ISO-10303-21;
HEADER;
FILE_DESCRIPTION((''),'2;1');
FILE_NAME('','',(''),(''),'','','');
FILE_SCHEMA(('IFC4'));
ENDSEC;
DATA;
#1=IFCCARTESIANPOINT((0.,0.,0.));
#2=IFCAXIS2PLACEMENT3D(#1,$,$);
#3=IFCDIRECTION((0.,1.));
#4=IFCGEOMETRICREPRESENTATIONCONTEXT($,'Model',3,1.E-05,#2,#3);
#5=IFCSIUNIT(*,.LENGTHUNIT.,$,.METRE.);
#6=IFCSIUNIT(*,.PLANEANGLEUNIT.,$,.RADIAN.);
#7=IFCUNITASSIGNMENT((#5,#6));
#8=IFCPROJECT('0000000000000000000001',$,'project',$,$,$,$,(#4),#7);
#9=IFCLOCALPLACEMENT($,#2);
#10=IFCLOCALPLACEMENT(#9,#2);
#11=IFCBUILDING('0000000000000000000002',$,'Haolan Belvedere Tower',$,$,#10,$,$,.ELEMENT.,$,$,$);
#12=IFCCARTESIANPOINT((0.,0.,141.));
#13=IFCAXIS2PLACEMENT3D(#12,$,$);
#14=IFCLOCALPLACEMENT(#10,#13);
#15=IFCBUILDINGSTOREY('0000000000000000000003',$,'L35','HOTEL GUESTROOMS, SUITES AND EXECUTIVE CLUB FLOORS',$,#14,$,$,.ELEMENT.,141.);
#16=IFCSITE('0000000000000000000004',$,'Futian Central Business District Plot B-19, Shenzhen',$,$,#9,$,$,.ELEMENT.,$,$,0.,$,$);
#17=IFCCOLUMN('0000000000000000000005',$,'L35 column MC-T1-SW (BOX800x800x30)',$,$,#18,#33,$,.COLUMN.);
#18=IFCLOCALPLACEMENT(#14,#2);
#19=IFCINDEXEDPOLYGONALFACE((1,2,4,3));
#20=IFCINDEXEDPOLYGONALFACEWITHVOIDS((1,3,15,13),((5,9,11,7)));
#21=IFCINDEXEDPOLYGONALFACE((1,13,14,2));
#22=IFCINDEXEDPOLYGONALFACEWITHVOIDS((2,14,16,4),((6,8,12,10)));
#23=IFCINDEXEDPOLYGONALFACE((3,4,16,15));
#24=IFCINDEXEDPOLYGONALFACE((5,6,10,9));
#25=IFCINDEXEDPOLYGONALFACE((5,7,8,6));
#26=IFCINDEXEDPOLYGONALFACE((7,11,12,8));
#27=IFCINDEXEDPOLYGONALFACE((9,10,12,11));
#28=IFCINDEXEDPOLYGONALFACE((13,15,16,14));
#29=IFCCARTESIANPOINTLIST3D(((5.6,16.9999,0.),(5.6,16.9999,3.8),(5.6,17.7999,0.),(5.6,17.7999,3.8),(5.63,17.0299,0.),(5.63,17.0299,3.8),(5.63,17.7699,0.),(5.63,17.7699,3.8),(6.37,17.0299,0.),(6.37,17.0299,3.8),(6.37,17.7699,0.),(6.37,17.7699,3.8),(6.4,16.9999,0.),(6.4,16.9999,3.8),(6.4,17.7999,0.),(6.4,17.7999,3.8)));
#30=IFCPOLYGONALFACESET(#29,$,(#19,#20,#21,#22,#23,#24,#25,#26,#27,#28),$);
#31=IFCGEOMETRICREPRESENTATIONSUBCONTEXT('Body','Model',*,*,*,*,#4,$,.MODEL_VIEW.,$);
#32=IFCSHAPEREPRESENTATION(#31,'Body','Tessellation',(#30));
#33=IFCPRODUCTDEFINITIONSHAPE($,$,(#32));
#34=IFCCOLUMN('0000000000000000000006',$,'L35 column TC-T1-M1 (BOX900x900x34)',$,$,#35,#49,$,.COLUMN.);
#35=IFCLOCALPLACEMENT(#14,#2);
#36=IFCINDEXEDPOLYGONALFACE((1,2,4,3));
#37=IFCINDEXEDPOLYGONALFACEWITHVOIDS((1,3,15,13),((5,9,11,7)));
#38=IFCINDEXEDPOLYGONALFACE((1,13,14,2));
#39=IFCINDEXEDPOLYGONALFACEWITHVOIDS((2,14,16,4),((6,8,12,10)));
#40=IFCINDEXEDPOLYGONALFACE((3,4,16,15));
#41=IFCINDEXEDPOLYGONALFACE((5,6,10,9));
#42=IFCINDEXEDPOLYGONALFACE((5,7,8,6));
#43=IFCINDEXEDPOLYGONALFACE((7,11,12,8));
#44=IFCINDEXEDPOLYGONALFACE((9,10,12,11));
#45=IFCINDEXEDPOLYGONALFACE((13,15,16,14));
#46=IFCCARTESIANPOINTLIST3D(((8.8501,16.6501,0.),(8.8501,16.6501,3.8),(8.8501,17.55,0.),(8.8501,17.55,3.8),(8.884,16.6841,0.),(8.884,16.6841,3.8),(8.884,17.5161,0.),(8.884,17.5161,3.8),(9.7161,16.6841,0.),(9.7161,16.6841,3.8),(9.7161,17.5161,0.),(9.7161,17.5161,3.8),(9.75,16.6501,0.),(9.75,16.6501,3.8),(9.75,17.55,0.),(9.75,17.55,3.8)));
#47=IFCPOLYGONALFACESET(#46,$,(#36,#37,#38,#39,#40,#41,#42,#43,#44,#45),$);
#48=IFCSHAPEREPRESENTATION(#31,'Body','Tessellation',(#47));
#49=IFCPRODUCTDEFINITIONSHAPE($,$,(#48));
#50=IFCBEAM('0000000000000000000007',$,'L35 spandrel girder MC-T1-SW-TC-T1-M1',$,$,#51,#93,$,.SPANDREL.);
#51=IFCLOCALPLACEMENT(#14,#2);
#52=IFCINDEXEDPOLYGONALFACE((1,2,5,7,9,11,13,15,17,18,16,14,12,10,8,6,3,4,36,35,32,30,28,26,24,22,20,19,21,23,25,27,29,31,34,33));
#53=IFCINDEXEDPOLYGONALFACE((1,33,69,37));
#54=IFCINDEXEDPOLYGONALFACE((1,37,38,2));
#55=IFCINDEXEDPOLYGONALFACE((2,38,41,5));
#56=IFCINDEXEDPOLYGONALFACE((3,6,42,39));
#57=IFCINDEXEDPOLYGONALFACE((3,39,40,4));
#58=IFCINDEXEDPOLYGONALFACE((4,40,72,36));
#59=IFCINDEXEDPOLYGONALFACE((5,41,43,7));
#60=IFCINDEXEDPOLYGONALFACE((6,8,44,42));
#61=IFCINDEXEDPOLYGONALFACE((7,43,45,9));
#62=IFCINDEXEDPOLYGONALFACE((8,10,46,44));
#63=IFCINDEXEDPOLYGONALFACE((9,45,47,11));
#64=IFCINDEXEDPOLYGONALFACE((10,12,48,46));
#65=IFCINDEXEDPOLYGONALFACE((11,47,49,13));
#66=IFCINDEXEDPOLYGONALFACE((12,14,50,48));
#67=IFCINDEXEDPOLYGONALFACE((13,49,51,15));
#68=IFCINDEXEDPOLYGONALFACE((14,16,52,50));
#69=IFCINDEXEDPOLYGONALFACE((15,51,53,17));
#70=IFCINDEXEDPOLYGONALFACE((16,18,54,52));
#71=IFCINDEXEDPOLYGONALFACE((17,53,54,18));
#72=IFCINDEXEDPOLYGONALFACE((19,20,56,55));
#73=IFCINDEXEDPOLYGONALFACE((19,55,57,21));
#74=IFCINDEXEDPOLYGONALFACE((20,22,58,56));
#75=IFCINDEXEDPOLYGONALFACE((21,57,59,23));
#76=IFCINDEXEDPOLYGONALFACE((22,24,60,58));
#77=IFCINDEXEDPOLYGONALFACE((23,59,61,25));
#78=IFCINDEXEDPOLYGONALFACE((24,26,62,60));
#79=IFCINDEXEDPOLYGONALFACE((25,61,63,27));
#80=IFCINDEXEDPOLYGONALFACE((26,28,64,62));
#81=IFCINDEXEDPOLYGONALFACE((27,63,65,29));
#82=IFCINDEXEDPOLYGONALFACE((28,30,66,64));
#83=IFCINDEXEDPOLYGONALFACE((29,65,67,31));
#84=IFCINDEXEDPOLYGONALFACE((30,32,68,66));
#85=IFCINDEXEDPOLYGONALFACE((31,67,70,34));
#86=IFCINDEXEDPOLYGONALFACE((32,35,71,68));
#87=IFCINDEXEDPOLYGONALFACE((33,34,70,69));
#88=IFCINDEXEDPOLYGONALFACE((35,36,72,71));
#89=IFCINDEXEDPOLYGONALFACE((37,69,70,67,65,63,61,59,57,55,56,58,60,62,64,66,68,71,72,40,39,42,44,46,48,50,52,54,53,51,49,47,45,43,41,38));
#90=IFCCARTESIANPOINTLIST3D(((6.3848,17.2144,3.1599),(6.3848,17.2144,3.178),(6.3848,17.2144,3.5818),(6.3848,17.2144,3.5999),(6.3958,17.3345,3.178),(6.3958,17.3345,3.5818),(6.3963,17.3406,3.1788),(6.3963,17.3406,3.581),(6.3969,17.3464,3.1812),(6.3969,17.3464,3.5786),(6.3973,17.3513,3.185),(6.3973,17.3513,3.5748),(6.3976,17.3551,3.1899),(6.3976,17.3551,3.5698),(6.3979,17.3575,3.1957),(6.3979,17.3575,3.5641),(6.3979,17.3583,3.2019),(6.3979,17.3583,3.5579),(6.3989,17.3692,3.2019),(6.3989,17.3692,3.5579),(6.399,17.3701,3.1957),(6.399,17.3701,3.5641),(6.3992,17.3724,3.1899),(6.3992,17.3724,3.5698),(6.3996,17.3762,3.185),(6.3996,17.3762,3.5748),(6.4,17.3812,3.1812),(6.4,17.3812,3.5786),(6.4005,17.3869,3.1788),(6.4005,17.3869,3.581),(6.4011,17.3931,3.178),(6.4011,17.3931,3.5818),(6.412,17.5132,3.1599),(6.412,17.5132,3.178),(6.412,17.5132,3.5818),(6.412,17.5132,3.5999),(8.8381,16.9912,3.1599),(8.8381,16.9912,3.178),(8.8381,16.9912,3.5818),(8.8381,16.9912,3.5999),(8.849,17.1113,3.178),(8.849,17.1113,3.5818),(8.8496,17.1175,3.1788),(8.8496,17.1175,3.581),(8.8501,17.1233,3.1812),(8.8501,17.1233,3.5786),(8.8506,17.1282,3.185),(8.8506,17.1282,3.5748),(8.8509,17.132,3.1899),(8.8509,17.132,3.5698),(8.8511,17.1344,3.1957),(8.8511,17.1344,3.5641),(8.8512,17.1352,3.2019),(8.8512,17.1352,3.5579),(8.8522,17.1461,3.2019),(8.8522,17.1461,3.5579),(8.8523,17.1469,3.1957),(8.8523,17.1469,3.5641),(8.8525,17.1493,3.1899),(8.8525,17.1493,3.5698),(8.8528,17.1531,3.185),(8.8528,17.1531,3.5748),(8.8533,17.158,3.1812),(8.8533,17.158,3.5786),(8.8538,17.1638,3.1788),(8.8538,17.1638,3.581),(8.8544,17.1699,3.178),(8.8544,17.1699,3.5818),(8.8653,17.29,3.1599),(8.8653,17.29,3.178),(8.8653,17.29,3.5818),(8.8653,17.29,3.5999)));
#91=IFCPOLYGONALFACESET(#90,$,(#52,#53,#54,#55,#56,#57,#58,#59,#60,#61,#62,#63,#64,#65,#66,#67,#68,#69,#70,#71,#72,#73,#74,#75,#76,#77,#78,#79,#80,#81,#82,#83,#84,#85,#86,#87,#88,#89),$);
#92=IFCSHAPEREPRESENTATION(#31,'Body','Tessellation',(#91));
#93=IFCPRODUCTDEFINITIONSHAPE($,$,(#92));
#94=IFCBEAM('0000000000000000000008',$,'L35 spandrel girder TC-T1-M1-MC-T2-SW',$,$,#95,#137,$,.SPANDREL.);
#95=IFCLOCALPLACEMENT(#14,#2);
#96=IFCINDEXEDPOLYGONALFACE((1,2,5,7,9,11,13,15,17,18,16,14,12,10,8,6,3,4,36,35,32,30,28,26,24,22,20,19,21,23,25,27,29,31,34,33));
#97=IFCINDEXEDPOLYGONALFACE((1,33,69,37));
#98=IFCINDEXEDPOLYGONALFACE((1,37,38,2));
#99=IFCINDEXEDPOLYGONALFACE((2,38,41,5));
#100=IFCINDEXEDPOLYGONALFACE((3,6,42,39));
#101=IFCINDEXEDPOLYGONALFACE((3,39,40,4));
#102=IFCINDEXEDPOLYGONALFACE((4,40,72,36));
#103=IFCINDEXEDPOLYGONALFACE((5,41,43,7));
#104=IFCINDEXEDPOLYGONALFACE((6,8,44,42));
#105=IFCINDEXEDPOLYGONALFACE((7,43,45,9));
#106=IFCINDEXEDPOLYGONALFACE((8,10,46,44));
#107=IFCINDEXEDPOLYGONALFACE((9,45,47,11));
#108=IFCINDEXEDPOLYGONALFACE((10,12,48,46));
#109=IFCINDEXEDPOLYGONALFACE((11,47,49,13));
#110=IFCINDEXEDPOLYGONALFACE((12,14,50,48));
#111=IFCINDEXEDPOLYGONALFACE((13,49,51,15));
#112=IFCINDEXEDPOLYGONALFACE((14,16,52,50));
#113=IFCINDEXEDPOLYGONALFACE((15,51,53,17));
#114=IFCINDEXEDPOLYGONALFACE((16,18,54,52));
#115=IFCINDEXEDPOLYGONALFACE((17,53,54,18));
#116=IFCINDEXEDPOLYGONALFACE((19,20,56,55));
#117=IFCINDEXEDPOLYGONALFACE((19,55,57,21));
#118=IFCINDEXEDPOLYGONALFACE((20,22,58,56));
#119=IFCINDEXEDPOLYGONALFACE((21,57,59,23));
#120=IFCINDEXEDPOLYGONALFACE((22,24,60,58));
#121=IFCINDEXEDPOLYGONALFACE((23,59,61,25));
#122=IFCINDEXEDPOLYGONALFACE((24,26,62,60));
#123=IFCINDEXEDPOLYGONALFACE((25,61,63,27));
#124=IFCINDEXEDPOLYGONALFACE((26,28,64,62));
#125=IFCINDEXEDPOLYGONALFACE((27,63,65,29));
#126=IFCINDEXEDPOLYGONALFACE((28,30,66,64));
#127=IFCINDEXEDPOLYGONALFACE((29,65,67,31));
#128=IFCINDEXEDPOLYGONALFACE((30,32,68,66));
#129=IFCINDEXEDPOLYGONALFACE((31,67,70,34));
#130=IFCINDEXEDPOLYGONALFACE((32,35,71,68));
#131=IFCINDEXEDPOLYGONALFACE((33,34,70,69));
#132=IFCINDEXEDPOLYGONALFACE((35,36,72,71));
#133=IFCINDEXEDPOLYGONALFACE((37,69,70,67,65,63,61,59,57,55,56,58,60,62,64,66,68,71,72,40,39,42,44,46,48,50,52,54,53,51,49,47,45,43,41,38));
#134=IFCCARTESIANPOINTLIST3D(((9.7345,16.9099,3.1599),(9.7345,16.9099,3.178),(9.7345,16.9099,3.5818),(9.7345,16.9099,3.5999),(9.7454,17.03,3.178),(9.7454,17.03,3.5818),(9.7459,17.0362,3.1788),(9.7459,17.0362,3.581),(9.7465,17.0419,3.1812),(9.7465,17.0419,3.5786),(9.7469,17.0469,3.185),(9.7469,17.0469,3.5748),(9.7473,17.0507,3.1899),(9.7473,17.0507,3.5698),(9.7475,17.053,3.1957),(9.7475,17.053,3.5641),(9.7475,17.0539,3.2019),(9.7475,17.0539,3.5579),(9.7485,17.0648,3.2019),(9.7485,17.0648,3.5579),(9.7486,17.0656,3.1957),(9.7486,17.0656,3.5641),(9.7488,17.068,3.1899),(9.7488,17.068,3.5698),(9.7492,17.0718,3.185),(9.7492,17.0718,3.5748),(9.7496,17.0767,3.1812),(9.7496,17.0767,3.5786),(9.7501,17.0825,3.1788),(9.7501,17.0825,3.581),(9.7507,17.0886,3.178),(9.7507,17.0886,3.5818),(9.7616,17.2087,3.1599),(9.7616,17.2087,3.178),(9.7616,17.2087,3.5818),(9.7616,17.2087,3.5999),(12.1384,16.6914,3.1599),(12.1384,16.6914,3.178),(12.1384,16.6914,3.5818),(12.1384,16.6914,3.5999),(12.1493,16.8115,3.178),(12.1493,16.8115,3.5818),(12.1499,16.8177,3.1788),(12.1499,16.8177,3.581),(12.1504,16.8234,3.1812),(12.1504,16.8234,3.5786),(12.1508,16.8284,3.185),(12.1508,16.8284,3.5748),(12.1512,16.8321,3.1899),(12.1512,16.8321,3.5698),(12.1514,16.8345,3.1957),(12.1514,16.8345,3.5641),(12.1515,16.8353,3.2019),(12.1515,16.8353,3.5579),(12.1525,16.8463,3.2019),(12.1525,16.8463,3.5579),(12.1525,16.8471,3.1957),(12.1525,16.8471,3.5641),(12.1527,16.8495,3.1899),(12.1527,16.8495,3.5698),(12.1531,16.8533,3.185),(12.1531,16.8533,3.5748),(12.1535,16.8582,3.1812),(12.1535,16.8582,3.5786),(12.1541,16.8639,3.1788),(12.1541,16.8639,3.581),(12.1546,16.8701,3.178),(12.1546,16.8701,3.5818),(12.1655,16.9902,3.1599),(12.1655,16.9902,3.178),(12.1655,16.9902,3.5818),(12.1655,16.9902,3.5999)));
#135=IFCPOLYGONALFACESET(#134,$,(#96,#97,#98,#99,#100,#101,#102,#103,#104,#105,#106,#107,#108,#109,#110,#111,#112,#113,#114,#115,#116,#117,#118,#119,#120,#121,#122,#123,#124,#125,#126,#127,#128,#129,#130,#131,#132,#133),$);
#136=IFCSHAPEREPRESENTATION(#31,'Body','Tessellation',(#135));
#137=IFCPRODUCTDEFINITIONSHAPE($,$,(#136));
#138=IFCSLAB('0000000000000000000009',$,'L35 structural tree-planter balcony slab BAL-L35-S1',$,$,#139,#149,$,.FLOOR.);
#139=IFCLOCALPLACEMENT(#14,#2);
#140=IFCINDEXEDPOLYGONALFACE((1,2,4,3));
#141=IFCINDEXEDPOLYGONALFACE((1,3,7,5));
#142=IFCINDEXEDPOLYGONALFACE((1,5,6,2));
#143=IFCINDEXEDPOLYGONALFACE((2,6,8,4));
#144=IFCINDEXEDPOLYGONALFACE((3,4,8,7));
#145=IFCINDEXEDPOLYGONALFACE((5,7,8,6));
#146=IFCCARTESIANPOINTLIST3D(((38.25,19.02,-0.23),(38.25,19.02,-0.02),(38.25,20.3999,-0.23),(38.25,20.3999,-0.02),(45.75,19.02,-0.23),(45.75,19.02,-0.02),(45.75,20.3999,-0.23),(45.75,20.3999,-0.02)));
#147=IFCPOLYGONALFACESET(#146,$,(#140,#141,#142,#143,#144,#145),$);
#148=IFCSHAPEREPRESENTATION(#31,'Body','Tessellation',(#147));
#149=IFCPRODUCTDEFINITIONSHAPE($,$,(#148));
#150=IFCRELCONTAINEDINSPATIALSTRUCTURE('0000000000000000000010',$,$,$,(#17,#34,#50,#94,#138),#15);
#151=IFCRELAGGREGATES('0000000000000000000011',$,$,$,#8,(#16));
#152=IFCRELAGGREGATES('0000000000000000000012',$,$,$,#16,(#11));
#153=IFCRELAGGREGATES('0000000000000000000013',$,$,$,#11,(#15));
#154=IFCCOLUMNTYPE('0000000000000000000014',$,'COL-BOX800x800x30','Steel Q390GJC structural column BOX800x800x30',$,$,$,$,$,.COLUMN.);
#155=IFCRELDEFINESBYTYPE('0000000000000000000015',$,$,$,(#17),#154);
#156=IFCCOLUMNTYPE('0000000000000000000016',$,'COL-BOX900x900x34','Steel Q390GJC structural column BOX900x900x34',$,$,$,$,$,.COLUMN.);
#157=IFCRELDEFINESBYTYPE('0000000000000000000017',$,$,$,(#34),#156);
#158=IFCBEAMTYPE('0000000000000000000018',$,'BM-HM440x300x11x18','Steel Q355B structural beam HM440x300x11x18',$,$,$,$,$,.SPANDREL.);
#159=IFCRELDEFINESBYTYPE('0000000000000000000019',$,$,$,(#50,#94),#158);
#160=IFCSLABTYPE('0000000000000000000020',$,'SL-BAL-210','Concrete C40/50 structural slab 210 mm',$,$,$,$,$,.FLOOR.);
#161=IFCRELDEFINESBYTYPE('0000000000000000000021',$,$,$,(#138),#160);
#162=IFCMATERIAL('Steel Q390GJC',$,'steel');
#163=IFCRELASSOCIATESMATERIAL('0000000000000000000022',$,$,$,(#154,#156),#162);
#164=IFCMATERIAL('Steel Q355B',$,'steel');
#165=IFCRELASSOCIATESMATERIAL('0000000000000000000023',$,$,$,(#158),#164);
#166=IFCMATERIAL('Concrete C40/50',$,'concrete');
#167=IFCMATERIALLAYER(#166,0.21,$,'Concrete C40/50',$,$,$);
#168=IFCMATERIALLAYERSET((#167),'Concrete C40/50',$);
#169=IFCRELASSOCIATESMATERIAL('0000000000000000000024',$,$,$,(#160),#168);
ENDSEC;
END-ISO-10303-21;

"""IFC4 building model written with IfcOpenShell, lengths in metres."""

from ifc_helpers import new_model, si_unit, direction, frame, origin, origin_2d, place, context, subcontext, project, spatial, polyline, hollow_rectangle, i_section, outline, extrude, material, layer, layer_set, material_profile, profile_set, type_object, element, save


model = new_model("IFC4")

# Units and contexts
model_context = context("Model", 3, precision=1e-05, world=origin(), true_north=direction((0.0, 1.0)))
body_context = subcontext(model_context, "Body", "Model", "MODEL_VIEW")
ifc_project = project(units=[si_unit("LENGTHUNIT", "METRE"), si_unit("PLANEANGLEUNIT", "RADIAN")], contexts=[model_context])

# Site, building, storey
site_placement = place(None, origin())
site = spatial("IfcSite", under=ifc_project, at=site_placement, Name="Futian Central Business District Plot B-19, Shenzhen", CompositionType="ELEMENT", RefElevation=0.0)
building_placement = place(site_placement, origin())
building = spatial("IfcBuilding", under=site, at=building_placement, Name="Haolan Belvedere Tower", CompositionType="ELEMENT")
storey_placement = place(building_placement, frame((0.0, 0.0, 141.0)))
storey = spatial("IfcBuildingStorey", under=building, at=storey_placement, Name="L35", Description="HOTEL GUESTROOMS, SUITES AND EXECUTIVE CLUB FLOORS", CompositionType="ELEMENT", Elevation=141.0)

# Columns
ifc_material_1 = material(Name="Steel Q390GJC", Category="steel")
ifc_material_profile_1 = material_profile(ifc_material_1, hollow_rectangle(XDim=0.8, YDim=0.8, WallThickness=0.03, at=origin_2d()), Name="Steel Q390GJC")
ifc_profile_set_1 = profile_set([ifc_material_profile_1], Name="Steel Q390GJC")
column_type_1 = type_object("IfcColumnType", Name="COL-BOX800x800x30", Description="Steel Q390GJC structural column BOX800x800x30", PredefinedType="COLUMN", material=ifc_profile_set_1)
column_1_placement = place(storey_placement, frame((6.0, 17.3999, 0.0), z_axis=(0.0, 0.0, 1.0), x_axis=(1.0, 0.0, 0.0)))
element("IfcColumn", 1, at=column_1_placement, inside=storey, type_object=column_type_1, Name="L35 column MC-T1-SW (BOX800x800x30)", PredefinedType="COLUMN", context=body_context, shape_type="SweptSolid", body=[
    extrude(hollow_rectangle(XDim=0.8, YDim=0.8, WallThickness=0.03, at=origin_2d()), origin(), (0.0, 0.0, 1.0), 3.8),
])
ifc_material_profile_2 = material_profile(ifc_material_1, hollow_rectangle(XDim=0.8999, YDim=0.8999, WallThickness=0.0339, at=origin_2d()), Name="Steel Q390GJC")
ifc_profile_set_2 = profile_set([ifc_material_profile_2], Name="Steel Q390GJC")
column_type_2 = type_object("IfcColumnType", Name="COL-BOX900x900x34", Description="Steel Q390GJC structural column BOX900x900x34", PredefinedType="COLUMN", material=ifc_profile_set_2)
column_2_placement = place(storey_placement, frame((9.3, 17.1001, 0.0), z_axis=(0.0, 0.0, 1.0), x_axis=(1.0, 0.0, 0.0)))
element("IfcColumn", 2, at=column_2_placement, inside=storey, type_object=column_type_2, Name="L35 column TC-T1-M1 (BOX900x900x34)", PredefinedType="COLUMN", context=body_context, shape_type="SweptSolid", body=[
    extrude(hollow_rectangle(XDim=0.8999, YDim=0.8999, WallThickness=0.0339, at=origin_2d()), origin(), (0.0, 0.0, 1.0), 3.8),
])

# Beams
ifc_material_2 = material(Name="Steel Q355B", Category="steel")
ifc_material_profile_3 = material_profile(ifc_material_2, i_section(OverallWidth=0.3, OverallDepth=0.4399, WebThickness=0.011, FlangeThickness=0.0181, FilletRadius=0.0239, at=origin_2d()), Name="Steel Q355B")
ifc_profile_set_3 = profile_set([ifc_material_profile_3], Name="Steel Q355B")
beam_type = type_object("IfcBeamType", Name="BM-HM440x300x11x18", Description="Steel Q355B structural beam HM440x300x11x18", PredefinedType="SPANDREL", material=ifc_profile_set_3)
beam_1_placement = place(storey_placement, frame((6.3984, 17.3638, 3.3799), z_axis=(0.995889, -0.09058, 0.0), x_axis=(0.09058, 0.995889, 0.0)))
element("IfcBeam", 3, at=beam_1_placement, inside=storey, type_object=beam_type, Name="L35 spandrel girder MC-T1-SW-TC-T1-M1", PredefinedType="SPANDREL", context=body_context, shape_type="SweptSolid", body=[
    extrude(i_section(OverallWidth=0.3, OverallDepth=0.4399, WebThickness=0.011, FlangeThickness=0.0181, FilletRadius=0.0239, at=origin_2d()), origin(), (0.0, 0.0, 1.0), 2.4634),
])
beam_2_placement = place(storey_placement, frame((9.748, 17.0593, 3.3799), z_axis=(0.995894, -0.090527, 0.0), x_axis=(0.090527, 0.995894, 0.0)))
element("IfcBeam", 4, at=beam_2_placement, inside=storey, type_object=beam_type, Name="L35 spandrel girder TC-T1-M1-MC-T2-SW", PredefinedType="SPANDREL", context=body_context, shape_type="SweptSolid", body=[
    extrude(i_section(OverallWidth=0.3, OverallDepth=0.4399, WebThickness=0.011, FlangeThickness=0.0181, FilletRadius=0.0239, at=origin_2d()), origin(), (0.0, 0.0, 1.0), 2.4138),
])

# Slab
ifc_material_3 = material(Name="Concrete C40/50", Category="concrete")
ifc_layer_1 = layer(ifc_material_3, 0.21, Name="Concrete C40/50")
ifc_layer_set_1 = layer_set([ifc_layer_1], Name="Concrete C40/50")
slab_type_1 = type_object("IfcSlabType", Name="SL-BAL-210", Description="Concrete C40/50 structural slab 210 mm", PredefinedType="FLOOR", material=ifc_layer_set_1)
slab_1_placement = place(storey_placement, frame((0.0, 0.0, -0.23)))
element("IfcSlab", 5, at=slab_1_placement, inside=storey, type_object=slab_type_1, Name="L35 structural tree-planter balcony slab BAL-L35-S1", PredefinedType="FLOOR", context=body_context, shape_type="SweptSolid", body=[
    extrude(outline(polyline([(38.25, 19.02), (45.75, 19.02), (45.75, 20.3999), (38.25, 20.3999), (38.25, 19.02)])), origin(), (0.0, 0.0, 1.0), 0.21),
])

save(model, "model.ifc")
